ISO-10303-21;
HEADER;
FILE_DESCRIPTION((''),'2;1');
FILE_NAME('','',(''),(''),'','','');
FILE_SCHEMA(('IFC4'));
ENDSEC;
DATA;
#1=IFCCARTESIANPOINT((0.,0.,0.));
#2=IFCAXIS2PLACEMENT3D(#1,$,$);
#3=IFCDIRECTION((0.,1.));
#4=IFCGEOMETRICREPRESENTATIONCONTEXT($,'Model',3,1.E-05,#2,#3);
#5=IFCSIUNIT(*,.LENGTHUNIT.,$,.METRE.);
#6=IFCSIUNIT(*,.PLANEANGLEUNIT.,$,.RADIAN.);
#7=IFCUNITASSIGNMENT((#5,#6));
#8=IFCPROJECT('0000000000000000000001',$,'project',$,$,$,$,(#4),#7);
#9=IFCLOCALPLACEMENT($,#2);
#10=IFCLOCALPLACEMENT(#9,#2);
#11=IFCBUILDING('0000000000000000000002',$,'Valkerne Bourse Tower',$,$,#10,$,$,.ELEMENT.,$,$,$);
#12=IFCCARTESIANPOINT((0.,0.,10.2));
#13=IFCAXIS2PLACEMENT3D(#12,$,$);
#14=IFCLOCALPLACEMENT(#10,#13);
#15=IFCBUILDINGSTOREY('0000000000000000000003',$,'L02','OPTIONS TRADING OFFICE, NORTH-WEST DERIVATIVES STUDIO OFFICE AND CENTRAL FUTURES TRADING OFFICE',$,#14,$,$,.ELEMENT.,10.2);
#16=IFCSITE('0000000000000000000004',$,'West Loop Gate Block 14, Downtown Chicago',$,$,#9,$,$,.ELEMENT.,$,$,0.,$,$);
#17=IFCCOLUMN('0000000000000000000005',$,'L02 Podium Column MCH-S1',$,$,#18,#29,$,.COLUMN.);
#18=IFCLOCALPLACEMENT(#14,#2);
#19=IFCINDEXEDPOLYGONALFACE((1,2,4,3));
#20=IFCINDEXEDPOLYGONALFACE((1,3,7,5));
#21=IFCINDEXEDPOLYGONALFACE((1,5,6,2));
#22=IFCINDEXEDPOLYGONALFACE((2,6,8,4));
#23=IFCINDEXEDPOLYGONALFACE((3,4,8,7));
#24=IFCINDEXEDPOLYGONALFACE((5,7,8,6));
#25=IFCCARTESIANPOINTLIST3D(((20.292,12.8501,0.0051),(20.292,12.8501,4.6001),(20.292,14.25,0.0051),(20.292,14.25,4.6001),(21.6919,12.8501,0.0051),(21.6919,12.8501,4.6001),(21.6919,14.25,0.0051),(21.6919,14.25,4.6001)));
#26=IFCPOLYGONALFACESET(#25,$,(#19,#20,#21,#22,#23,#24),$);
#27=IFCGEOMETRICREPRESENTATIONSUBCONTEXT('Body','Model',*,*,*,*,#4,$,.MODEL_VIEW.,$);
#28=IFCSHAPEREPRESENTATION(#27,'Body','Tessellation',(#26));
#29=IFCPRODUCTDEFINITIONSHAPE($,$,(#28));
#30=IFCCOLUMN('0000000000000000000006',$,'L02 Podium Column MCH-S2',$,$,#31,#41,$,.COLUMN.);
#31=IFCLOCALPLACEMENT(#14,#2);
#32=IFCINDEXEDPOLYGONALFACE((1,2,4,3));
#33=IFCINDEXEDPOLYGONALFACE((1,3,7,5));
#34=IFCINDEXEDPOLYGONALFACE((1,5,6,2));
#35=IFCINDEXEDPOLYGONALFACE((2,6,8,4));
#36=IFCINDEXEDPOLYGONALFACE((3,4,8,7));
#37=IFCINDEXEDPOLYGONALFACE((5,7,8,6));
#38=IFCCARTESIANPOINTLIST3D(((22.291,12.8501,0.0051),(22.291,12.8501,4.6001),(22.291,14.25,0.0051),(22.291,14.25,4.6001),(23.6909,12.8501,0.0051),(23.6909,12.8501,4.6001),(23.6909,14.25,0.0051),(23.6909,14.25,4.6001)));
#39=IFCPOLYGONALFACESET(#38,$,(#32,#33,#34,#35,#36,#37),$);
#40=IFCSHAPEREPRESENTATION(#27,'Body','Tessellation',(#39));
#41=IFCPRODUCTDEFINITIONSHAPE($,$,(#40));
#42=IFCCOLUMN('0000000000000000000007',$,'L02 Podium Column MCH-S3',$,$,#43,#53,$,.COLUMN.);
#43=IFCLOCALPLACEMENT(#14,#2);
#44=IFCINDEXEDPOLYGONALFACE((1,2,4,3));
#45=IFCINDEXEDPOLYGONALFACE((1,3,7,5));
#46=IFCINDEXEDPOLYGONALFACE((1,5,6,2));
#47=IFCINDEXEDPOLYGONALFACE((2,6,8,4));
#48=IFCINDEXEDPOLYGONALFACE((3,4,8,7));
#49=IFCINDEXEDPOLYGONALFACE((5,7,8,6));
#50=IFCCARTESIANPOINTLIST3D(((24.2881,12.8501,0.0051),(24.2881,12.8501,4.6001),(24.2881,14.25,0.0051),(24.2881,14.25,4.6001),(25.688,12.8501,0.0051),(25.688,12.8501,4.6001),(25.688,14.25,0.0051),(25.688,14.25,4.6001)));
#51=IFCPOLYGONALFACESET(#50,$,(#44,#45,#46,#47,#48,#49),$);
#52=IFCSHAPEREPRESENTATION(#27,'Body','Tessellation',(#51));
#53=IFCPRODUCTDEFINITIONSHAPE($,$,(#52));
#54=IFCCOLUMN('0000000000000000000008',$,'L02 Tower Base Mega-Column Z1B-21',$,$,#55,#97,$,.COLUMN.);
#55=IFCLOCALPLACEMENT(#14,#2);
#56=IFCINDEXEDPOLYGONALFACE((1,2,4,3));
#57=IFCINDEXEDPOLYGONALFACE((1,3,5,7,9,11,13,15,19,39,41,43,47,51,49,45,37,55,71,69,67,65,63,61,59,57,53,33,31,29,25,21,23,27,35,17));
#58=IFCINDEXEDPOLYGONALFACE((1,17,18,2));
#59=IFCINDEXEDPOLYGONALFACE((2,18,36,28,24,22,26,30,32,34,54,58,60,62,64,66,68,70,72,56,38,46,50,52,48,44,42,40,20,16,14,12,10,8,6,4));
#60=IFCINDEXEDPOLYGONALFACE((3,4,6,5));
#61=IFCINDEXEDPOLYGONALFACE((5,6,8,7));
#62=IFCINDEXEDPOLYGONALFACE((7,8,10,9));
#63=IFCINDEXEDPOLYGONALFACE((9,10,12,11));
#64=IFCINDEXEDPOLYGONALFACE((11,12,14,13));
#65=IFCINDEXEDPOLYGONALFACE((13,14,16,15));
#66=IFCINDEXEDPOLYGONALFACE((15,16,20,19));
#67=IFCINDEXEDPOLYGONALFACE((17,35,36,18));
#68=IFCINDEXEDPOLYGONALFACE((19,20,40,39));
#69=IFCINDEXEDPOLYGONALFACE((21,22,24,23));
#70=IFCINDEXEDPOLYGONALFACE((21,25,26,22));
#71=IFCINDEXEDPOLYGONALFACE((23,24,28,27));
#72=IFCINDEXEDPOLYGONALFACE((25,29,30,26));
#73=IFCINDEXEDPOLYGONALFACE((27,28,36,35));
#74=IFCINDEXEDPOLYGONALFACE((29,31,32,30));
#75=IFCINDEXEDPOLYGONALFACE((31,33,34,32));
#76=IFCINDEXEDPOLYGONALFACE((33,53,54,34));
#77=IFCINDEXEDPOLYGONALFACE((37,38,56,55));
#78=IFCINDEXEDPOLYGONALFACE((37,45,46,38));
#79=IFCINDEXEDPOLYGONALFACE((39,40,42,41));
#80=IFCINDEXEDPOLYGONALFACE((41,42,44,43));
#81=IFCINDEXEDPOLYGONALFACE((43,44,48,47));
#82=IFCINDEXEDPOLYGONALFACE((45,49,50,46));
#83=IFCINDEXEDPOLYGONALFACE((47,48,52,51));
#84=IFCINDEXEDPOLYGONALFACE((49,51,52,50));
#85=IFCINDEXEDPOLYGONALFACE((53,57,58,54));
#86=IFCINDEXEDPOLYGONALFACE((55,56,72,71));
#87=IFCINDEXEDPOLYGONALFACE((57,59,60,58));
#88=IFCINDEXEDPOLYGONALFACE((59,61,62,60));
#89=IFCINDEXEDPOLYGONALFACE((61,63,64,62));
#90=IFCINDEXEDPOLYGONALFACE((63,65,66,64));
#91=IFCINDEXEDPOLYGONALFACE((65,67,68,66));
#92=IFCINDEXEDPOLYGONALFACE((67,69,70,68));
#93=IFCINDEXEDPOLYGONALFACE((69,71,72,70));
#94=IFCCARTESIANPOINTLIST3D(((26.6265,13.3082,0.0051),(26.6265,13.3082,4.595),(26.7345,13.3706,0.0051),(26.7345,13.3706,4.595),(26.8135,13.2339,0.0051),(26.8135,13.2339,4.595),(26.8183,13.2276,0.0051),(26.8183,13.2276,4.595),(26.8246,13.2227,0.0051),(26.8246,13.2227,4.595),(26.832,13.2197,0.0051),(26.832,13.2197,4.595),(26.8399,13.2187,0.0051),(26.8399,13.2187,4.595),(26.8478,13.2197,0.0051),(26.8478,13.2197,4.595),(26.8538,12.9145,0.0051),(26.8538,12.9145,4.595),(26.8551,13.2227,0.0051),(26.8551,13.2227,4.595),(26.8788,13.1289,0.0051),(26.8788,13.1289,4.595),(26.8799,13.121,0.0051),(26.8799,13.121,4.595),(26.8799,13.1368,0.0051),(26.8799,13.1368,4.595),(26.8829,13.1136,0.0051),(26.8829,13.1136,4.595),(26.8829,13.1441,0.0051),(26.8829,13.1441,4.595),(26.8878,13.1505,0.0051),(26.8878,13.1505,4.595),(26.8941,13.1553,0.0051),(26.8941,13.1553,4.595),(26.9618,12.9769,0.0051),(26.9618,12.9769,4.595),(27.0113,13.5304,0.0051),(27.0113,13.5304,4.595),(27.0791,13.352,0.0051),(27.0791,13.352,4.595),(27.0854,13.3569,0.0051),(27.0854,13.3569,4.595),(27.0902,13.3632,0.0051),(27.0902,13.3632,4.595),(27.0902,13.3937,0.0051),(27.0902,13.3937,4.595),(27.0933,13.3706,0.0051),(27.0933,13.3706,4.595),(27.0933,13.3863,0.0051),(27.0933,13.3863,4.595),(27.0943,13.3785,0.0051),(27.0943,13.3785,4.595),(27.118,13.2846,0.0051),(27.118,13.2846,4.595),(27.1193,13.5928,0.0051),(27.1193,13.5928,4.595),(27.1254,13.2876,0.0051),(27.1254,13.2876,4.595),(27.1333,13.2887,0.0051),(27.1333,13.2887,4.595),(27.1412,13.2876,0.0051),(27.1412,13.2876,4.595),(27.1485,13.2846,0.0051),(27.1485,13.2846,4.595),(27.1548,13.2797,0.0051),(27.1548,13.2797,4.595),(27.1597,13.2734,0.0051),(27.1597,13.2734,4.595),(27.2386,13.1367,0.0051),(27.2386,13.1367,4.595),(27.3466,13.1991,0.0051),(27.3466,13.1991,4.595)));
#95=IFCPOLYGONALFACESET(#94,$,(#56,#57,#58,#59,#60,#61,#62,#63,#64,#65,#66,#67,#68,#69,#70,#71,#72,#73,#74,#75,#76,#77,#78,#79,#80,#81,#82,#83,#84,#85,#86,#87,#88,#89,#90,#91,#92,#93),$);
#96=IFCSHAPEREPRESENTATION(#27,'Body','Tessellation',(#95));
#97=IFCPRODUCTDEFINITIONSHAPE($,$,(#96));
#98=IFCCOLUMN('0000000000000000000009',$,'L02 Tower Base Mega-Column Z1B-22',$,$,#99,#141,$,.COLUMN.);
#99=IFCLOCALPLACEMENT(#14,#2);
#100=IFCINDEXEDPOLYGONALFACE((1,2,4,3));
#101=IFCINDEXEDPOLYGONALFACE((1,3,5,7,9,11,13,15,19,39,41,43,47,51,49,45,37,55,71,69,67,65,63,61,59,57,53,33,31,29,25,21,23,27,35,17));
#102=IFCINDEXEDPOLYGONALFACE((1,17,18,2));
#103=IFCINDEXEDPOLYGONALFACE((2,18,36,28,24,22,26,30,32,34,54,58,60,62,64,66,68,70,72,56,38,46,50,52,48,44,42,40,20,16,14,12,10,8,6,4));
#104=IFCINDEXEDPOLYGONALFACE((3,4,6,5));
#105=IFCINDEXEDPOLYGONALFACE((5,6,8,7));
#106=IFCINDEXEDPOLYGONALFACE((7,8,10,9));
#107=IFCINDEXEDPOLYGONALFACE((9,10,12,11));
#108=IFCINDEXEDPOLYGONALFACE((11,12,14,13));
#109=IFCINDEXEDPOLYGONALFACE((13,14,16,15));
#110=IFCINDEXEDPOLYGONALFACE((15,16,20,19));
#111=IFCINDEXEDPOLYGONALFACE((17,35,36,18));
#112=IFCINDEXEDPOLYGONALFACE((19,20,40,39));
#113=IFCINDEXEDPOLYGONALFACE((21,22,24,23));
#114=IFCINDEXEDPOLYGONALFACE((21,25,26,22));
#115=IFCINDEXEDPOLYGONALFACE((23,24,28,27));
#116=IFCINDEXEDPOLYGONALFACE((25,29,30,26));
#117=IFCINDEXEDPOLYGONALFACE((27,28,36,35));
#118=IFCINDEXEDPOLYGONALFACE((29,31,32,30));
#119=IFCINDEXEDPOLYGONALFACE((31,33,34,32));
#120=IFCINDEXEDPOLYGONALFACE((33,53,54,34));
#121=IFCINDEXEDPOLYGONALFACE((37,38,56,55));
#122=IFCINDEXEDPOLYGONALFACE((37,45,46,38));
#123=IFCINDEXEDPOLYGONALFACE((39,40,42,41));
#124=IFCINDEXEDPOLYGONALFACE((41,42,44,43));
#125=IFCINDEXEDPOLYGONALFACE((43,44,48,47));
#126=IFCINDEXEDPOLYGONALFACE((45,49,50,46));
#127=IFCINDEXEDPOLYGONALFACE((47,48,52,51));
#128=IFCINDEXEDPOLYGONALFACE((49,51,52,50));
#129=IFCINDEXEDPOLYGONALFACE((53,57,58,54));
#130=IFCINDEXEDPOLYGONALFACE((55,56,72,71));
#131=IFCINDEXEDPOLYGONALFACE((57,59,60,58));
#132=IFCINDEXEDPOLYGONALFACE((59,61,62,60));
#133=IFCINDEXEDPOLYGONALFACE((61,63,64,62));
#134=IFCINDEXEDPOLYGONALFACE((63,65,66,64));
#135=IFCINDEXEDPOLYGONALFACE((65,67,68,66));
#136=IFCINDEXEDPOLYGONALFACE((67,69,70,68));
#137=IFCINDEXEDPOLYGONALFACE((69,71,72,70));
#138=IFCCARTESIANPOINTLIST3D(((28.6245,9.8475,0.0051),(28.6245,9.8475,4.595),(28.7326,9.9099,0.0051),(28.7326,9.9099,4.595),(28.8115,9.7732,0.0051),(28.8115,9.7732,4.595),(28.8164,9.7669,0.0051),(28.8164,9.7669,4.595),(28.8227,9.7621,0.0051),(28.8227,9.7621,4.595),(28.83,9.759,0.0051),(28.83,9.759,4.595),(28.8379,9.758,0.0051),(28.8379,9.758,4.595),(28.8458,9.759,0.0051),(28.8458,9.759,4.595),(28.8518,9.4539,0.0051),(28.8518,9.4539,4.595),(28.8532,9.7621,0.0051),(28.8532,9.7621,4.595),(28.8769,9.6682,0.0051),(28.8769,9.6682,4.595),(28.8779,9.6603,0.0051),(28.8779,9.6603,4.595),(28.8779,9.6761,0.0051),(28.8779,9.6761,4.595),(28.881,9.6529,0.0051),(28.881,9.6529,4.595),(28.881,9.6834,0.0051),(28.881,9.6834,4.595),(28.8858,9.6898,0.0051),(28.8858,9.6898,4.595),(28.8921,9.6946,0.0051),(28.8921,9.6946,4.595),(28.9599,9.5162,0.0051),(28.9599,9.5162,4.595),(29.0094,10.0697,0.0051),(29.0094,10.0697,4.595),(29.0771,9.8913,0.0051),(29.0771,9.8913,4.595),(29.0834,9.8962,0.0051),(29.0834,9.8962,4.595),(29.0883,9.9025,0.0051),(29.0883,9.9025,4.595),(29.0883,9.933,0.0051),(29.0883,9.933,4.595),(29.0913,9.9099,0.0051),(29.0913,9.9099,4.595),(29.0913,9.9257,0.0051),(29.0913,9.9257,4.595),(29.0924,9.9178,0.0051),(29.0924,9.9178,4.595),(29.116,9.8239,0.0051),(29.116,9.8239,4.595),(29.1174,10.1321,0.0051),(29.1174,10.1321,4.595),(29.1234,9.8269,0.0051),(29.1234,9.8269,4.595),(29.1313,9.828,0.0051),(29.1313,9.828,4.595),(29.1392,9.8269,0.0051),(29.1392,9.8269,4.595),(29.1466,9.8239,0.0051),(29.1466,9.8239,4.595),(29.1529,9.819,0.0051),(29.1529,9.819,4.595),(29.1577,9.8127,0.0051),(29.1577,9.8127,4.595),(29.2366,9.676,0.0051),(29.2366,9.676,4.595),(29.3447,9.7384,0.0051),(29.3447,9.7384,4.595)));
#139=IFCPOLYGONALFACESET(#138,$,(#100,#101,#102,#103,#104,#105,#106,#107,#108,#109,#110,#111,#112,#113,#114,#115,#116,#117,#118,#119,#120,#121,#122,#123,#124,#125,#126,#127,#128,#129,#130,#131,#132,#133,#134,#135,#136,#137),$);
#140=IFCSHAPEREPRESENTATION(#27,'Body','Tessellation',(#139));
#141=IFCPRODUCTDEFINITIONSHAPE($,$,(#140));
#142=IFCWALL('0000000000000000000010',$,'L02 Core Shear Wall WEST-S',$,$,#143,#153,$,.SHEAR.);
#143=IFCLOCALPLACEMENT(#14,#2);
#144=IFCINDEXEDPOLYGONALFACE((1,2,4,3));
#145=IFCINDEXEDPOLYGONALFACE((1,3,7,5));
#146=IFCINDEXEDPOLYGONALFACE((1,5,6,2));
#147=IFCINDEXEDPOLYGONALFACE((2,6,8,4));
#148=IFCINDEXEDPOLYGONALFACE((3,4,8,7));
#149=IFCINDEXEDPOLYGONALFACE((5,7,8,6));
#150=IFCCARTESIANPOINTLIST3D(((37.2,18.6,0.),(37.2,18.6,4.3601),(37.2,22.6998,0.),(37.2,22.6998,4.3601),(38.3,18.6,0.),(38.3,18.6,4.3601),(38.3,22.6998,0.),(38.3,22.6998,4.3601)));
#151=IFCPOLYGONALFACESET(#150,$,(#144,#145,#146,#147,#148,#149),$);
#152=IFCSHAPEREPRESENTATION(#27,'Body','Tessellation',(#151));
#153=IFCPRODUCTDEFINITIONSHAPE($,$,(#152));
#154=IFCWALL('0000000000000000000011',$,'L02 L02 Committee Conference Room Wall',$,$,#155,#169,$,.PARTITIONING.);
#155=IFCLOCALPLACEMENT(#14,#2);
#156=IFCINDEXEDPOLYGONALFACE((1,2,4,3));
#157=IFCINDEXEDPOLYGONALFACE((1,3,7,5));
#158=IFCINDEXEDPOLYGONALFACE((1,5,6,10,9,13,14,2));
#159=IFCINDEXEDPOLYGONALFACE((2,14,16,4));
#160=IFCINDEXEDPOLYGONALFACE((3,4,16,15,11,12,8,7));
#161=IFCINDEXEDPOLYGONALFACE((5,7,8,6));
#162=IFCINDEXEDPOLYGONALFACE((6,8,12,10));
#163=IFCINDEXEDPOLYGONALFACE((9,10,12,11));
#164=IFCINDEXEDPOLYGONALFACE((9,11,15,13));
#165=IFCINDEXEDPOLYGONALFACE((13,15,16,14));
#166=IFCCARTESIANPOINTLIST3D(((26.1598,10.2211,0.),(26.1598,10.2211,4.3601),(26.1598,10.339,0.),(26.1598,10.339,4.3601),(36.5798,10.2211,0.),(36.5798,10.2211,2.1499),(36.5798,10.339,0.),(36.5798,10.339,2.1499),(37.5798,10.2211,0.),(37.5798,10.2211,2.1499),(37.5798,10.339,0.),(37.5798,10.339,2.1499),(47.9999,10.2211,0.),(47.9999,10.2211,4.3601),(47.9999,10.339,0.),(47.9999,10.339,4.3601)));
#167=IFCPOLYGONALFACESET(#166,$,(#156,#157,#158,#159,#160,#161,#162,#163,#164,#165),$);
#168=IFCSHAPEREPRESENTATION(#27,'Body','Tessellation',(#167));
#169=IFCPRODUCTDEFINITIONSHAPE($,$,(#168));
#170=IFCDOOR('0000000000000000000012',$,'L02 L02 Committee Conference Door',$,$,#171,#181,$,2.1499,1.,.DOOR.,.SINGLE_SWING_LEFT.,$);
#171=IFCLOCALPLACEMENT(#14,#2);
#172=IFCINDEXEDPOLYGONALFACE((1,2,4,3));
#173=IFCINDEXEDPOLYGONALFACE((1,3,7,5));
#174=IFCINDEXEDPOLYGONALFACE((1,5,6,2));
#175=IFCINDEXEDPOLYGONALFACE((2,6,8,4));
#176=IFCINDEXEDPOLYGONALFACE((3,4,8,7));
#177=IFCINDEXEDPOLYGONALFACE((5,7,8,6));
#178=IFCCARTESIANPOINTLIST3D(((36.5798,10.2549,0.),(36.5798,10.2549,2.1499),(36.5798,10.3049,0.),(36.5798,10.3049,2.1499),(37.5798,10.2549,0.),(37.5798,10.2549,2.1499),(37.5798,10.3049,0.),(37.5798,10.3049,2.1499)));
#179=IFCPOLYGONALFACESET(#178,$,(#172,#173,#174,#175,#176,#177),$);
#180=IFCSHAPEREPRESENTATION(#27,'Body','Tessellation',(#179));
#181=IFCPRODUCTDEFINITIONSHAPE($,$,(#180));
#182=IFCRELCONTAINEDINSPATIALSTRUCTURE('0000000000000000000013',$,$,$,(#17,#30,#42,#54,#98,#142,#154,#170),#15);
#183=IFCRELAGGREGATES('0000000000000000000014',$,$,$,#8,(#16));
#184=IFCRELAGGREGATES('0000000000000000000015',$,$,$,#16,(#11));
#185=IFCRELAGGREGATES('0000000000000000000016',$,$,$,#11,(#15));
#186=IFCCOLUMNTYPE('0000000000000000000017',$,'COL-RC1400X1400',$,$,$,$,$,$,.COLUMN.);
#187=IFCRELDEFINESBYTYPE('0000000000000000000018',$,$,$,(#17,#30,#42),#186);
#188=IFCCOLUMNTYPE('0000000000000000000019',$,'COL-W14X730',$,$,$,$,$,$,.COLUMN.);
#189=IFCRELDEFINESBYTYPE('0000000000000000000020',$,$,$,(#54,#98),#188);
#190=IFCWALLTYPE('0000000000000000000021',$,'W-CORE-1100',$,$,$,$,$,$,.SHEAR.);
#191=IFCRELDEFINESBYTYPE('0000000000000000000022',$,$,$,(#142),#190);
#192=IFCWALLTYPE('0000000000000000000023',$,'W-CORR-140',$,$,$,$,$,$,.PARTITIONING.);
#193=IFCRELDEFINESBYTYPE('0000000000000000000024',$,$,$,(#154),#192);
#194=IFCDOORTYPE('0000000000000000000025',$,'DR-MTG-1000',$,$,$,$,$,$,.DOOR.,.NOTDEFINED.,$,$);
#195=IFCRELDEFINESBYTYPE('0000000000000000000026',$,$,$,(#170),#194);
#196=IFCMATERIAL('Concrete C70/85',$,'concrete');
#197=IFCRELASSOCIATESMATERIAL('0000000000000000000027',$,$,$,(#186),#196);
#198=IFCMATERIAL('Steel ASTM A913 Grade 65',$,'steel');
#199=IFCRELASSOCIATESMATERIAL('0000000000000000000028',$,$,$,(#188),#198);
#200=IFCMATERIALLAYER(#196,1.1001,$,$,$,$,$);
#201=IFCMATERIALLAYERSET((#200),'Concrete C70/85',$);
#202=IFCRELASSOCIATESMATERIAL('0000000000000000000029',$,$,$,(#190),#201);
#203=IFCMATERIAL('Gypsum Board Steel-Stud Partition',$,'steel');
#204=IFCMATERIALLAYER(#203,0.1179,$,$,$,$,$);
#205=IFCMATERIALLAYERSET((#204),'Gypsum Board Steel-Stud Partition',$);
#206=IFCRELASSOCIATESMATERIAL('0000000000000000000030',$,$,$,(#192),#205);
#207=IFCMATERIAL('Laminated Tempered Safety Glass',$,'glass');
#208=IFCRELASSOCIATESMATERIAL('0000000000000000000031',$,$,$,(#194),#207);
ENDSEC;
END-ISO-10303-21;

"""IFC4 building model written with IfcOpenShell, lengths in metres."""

from ifc_helpers import new_model, si_unit, direction, frame, frame_2d, origin, origin_2d, place, context, subcontext, project, spatial, rectangle, i_section, extrude, material, layer, layer_set, material_profile, profile_set, type_object, element, fill, save


model = new_model("IFC4")

# Units and contexts
model_context = context("Model", 3, precision=1e-05, world=origin(), true_north=direction((0.0, 1.0)))
body_context = subcontext(model_context, "Body", "Model", "MODEL_VIEW")
ifc_project = project(units=[si_unit("LENGTHUNIT", "METRE"), si_unit("PLANEANGLEUNIT", "RADIAN")], contexts=[model_context])

# Site, building, storey
site_placement = place(None, origin())
site = spatial("IfcSite", under=ifc_project, at=site_placement, Name="West Loop Gate Block 14, Downtown Chicago", CompositionType="ELEMENT", RefElevation=0.0)
building_placement = place(site_placement, origin())
building = spatial("IfcBuilding", under=site, at=building_placement, Name="Valkerne Bourse Tower", CompositionType="ELEMENT")
storey_placement = place(building_placement, frame((0.0, 0.0, 10.2)))
storey = spatial("IfcBuildingStorey", under=building, at=storey_placement, Name="L02", Description="OPTIONS TRADING OFFICE, NORTH-WEST DERIVATIVES STUDIO OFFICE AND CENTRAL FUTURES TRADING OFFICE", CompositionType="ELEMENT", Elevation=10.2)

# Columns
ifc_material_1 = material(Name="Concrete C70/85", Category="concrete")
ifc_material_profile_1 = material_profile(ifc_material_1, rectangle(XDim=1.3999, YDim=1.3999, at=origin_2d()), Name="RC1400X1400")
ifc_profile_set_1 = profile_set([ifc_material_profile_1], Name="Concrete C70/85")
column_type_1 = type_object("IfcColumnType", Name="COL-RC1400X1400", PredefinedType="COLUMN", material=ifc_profile_set_1)
for number, where, z_axis, x_axis, name in (
    (1, (20.9919, 13.55, 0.0051), (0.0, 0.0, 1.0), (1.0, 0.0, 0.0), "L02 Podium Column MCH-S1"),
    (2, (22.991, 13.55, 0.0051), (0.0, 0.0, 1.0), (1.0, 0.0, 0.0), "L02 Podium Column MCH-S2"),
    (3, (24.988, 13.55, 0.0051), (0.0, 0.0, 1.0), (1.0, 0.0, 0.0), "L02 Podium Column MCH-S3"),
):
    element("IfcColumn", number, at=place(storey_placement, frame(where, z_axis=z_axis, x_axis=x_axis)), inside=storey, type_object=column_type_1, Name=name, PredefinedType="COLUMN", context=body_context, shape_type="SweptSolid", body=[
        extrude(rectangle(XDim=1.3999, YDim=1.3999, at=origin_2d()), origin(), (0.0, 0.0, 1.0), 4.595),
    ])
ifc_material_2 = material(Name="Steel ASTM A913 Grade 65", Category="steel")
ifc_material_profile_2 = material_profile(ifc_material_2, i_section(OverallWidth=0.4546, OverallDepth=0.5691, WebThickness=0.0779, FlangeThickness=0.1248, FilletRadius=0.0305, at=origin_2d()), Name="W14X730")
ifc_profile_set_2 = profile_set([ifc_material_profile_2], Name="Steel ASTM A913 Grade 65")
column_type_2 = type_object("IfcColumnType", Name="COL-W14X730", PredefinedType="COLUMN", material=ifc_profile_set_2)
for number, where, z_axis, x_axis, name in (
    (4, (26.9866, 13.2537, 0.0051), (0.0, 0.0, 1.0), (0.5, -0.866025, 0.0), "L02 Tower Base Mega-Column Z1B-21"),
    (5, (28.9846, 9.793, 0.0051), (0.0, 0.0, 1.0), (0.5, -0.866025, 0.0), "L02 Tower Base Mega-Column Z1B-22"),
):
    element("IfcColumn", number, at=place(storey_placement, frame(where, z_axis=z_axis, x_axis=x_axis)), inside=storey, type_object=column_type_2, Name=name, PredefinedType="COLUMN", context=body_context, shape_type="SweptSolid", body=[
        extrude(i_section(OverallWidth=0.4546, OverallDepth=0.5691, WebThickness=0.0779, FlangeThickness=0.1248, FilletRadius=0.0305, at=origin_2d()), origin(), (0.0, 0.0, 1.0), 4.5898),
    ])

# Shared definitions
ifc_layer_1 = layer(ifc_material_1, 1.1001)
ifc_layer_set_1 = layer_set([ifc_layer_1], Name="Concrete C70/85")
wall_type_1 = type_object("IfcWallType", Name="W-CORE-1100", PredefinedType="SHEAR", material=ifc_layer_set_1)

# Wall
wall_1_placement = place(storey_placement, frame((37.75, 18.6001, 0.0), z_axis=(0.0, 0.0, 1.0), x_axis=(0.0, 1.0, 0.0)))
element("IfcWall", 6, at=wall_1_placement, inside=storey, type_object=wall_type_1, Name="L02 Core Shear Wall WEST-S", PredefinedType="SHEAR", context=body_context, shape_type="SweptSolid", body=[
    extrude(rectangle(XDim=4.0999, YDim=1.1001, at=frame_2d((2.0498, 0.0))), origin(), (0.0, 0.0, 1.0), 4.3601),
])

# Wall, opening, door
ifc_material_3 = material(Name="Gypsum Board Steel-Stud Partition", Category="steel")
ifc_layer_2 = layer(ifc_material_3, 0.1179)
ifc_layer_set_2 = layer_set([ifc_layer_2], Name="Gypsum Board Steel-Stud Partition")
wall_type_2 = type_object("IfcWallType", Name="W-CORR-140", PredefinedType="PARTITIONING", material=ifc_layer_set_2)
wall_2_placement = place(storey_placement, frame((26.1599, 10.28, 0.0), z_axis=(0.0, 0.0, 1.0), x_axis=(1.0, 0.0, 0.0)))
wall_2 = element("IfcWall", 7, at=wall_2_placement, inside=storey, type_object=wall_type_2, Name="L02 L02 Committee Conference Room Wall", PredefinedType="PARTITIONING", context=body_context, shape_type="SweptSolid", body=[
    extrude(rectangle(XDim=21.8401, YDim=0.1179, at=frame_2d((10.9199, 0.0))), origin(), (0.0, 0.0, 1.0), 4.3601),
])
opening_1_placement = place(wall_2_placement, frame((10.4199, 0.0, 0.0)))
opening_1 = element("IfcOpeningElement", 8, at=opening_1_placement, cuts=wall_2, PredefinedType="OPENING", context=body_context, shape_type="SweptSolid", body=[
    extrude(rectangle(XDim=1.0, YDim=2.1499, at=frame_2d((0.5, 1.075))), frame((0.0, 0.0688, 0.0), z_axis=(0.0, -1.0, 0.0), x_axis=(1.0, 0.0, 0.0)), (0.0, 0.0, 1.0), 0.1379),
])
ifc_material_4 = material(Name="Laminated Tempered Safety Glass", Category="glass")
door_type_1 = type_object("IfcDoorType", Name="DR-MTG-1000", OperationType="NOTDEFINED", PredefinedType="DOOR", material=ifc_material_4)
door_1_placement = place(opening_1_placement, origin())
door_1 = element("IfcDoor", 9, at=door_1_placement, inside=storey, type_object=door_type_1, Name="L02 L02 Committee Conference Door", OperationType="SINGLE_SWING_LEFT", OverallHeight=2.1499, OverallWidth=1.0, PredefinedType="DOOR", context=body_context, shape_type="SweptSolid", body=[
    extrude(rectangle(XDim=1.0, YDim=2.1499, at=frame_2d((0.5, 1.075))), frame((0.0, 0.0249, 0.0), z_axis=(0.0, -1.0, 0.0), x_axis=(1.0, 0.0, 0.0)), (0.0, 0.0, 1.0), 0.05),
])
fill(opening_1, door_1)

save(model, "model.ifc")
